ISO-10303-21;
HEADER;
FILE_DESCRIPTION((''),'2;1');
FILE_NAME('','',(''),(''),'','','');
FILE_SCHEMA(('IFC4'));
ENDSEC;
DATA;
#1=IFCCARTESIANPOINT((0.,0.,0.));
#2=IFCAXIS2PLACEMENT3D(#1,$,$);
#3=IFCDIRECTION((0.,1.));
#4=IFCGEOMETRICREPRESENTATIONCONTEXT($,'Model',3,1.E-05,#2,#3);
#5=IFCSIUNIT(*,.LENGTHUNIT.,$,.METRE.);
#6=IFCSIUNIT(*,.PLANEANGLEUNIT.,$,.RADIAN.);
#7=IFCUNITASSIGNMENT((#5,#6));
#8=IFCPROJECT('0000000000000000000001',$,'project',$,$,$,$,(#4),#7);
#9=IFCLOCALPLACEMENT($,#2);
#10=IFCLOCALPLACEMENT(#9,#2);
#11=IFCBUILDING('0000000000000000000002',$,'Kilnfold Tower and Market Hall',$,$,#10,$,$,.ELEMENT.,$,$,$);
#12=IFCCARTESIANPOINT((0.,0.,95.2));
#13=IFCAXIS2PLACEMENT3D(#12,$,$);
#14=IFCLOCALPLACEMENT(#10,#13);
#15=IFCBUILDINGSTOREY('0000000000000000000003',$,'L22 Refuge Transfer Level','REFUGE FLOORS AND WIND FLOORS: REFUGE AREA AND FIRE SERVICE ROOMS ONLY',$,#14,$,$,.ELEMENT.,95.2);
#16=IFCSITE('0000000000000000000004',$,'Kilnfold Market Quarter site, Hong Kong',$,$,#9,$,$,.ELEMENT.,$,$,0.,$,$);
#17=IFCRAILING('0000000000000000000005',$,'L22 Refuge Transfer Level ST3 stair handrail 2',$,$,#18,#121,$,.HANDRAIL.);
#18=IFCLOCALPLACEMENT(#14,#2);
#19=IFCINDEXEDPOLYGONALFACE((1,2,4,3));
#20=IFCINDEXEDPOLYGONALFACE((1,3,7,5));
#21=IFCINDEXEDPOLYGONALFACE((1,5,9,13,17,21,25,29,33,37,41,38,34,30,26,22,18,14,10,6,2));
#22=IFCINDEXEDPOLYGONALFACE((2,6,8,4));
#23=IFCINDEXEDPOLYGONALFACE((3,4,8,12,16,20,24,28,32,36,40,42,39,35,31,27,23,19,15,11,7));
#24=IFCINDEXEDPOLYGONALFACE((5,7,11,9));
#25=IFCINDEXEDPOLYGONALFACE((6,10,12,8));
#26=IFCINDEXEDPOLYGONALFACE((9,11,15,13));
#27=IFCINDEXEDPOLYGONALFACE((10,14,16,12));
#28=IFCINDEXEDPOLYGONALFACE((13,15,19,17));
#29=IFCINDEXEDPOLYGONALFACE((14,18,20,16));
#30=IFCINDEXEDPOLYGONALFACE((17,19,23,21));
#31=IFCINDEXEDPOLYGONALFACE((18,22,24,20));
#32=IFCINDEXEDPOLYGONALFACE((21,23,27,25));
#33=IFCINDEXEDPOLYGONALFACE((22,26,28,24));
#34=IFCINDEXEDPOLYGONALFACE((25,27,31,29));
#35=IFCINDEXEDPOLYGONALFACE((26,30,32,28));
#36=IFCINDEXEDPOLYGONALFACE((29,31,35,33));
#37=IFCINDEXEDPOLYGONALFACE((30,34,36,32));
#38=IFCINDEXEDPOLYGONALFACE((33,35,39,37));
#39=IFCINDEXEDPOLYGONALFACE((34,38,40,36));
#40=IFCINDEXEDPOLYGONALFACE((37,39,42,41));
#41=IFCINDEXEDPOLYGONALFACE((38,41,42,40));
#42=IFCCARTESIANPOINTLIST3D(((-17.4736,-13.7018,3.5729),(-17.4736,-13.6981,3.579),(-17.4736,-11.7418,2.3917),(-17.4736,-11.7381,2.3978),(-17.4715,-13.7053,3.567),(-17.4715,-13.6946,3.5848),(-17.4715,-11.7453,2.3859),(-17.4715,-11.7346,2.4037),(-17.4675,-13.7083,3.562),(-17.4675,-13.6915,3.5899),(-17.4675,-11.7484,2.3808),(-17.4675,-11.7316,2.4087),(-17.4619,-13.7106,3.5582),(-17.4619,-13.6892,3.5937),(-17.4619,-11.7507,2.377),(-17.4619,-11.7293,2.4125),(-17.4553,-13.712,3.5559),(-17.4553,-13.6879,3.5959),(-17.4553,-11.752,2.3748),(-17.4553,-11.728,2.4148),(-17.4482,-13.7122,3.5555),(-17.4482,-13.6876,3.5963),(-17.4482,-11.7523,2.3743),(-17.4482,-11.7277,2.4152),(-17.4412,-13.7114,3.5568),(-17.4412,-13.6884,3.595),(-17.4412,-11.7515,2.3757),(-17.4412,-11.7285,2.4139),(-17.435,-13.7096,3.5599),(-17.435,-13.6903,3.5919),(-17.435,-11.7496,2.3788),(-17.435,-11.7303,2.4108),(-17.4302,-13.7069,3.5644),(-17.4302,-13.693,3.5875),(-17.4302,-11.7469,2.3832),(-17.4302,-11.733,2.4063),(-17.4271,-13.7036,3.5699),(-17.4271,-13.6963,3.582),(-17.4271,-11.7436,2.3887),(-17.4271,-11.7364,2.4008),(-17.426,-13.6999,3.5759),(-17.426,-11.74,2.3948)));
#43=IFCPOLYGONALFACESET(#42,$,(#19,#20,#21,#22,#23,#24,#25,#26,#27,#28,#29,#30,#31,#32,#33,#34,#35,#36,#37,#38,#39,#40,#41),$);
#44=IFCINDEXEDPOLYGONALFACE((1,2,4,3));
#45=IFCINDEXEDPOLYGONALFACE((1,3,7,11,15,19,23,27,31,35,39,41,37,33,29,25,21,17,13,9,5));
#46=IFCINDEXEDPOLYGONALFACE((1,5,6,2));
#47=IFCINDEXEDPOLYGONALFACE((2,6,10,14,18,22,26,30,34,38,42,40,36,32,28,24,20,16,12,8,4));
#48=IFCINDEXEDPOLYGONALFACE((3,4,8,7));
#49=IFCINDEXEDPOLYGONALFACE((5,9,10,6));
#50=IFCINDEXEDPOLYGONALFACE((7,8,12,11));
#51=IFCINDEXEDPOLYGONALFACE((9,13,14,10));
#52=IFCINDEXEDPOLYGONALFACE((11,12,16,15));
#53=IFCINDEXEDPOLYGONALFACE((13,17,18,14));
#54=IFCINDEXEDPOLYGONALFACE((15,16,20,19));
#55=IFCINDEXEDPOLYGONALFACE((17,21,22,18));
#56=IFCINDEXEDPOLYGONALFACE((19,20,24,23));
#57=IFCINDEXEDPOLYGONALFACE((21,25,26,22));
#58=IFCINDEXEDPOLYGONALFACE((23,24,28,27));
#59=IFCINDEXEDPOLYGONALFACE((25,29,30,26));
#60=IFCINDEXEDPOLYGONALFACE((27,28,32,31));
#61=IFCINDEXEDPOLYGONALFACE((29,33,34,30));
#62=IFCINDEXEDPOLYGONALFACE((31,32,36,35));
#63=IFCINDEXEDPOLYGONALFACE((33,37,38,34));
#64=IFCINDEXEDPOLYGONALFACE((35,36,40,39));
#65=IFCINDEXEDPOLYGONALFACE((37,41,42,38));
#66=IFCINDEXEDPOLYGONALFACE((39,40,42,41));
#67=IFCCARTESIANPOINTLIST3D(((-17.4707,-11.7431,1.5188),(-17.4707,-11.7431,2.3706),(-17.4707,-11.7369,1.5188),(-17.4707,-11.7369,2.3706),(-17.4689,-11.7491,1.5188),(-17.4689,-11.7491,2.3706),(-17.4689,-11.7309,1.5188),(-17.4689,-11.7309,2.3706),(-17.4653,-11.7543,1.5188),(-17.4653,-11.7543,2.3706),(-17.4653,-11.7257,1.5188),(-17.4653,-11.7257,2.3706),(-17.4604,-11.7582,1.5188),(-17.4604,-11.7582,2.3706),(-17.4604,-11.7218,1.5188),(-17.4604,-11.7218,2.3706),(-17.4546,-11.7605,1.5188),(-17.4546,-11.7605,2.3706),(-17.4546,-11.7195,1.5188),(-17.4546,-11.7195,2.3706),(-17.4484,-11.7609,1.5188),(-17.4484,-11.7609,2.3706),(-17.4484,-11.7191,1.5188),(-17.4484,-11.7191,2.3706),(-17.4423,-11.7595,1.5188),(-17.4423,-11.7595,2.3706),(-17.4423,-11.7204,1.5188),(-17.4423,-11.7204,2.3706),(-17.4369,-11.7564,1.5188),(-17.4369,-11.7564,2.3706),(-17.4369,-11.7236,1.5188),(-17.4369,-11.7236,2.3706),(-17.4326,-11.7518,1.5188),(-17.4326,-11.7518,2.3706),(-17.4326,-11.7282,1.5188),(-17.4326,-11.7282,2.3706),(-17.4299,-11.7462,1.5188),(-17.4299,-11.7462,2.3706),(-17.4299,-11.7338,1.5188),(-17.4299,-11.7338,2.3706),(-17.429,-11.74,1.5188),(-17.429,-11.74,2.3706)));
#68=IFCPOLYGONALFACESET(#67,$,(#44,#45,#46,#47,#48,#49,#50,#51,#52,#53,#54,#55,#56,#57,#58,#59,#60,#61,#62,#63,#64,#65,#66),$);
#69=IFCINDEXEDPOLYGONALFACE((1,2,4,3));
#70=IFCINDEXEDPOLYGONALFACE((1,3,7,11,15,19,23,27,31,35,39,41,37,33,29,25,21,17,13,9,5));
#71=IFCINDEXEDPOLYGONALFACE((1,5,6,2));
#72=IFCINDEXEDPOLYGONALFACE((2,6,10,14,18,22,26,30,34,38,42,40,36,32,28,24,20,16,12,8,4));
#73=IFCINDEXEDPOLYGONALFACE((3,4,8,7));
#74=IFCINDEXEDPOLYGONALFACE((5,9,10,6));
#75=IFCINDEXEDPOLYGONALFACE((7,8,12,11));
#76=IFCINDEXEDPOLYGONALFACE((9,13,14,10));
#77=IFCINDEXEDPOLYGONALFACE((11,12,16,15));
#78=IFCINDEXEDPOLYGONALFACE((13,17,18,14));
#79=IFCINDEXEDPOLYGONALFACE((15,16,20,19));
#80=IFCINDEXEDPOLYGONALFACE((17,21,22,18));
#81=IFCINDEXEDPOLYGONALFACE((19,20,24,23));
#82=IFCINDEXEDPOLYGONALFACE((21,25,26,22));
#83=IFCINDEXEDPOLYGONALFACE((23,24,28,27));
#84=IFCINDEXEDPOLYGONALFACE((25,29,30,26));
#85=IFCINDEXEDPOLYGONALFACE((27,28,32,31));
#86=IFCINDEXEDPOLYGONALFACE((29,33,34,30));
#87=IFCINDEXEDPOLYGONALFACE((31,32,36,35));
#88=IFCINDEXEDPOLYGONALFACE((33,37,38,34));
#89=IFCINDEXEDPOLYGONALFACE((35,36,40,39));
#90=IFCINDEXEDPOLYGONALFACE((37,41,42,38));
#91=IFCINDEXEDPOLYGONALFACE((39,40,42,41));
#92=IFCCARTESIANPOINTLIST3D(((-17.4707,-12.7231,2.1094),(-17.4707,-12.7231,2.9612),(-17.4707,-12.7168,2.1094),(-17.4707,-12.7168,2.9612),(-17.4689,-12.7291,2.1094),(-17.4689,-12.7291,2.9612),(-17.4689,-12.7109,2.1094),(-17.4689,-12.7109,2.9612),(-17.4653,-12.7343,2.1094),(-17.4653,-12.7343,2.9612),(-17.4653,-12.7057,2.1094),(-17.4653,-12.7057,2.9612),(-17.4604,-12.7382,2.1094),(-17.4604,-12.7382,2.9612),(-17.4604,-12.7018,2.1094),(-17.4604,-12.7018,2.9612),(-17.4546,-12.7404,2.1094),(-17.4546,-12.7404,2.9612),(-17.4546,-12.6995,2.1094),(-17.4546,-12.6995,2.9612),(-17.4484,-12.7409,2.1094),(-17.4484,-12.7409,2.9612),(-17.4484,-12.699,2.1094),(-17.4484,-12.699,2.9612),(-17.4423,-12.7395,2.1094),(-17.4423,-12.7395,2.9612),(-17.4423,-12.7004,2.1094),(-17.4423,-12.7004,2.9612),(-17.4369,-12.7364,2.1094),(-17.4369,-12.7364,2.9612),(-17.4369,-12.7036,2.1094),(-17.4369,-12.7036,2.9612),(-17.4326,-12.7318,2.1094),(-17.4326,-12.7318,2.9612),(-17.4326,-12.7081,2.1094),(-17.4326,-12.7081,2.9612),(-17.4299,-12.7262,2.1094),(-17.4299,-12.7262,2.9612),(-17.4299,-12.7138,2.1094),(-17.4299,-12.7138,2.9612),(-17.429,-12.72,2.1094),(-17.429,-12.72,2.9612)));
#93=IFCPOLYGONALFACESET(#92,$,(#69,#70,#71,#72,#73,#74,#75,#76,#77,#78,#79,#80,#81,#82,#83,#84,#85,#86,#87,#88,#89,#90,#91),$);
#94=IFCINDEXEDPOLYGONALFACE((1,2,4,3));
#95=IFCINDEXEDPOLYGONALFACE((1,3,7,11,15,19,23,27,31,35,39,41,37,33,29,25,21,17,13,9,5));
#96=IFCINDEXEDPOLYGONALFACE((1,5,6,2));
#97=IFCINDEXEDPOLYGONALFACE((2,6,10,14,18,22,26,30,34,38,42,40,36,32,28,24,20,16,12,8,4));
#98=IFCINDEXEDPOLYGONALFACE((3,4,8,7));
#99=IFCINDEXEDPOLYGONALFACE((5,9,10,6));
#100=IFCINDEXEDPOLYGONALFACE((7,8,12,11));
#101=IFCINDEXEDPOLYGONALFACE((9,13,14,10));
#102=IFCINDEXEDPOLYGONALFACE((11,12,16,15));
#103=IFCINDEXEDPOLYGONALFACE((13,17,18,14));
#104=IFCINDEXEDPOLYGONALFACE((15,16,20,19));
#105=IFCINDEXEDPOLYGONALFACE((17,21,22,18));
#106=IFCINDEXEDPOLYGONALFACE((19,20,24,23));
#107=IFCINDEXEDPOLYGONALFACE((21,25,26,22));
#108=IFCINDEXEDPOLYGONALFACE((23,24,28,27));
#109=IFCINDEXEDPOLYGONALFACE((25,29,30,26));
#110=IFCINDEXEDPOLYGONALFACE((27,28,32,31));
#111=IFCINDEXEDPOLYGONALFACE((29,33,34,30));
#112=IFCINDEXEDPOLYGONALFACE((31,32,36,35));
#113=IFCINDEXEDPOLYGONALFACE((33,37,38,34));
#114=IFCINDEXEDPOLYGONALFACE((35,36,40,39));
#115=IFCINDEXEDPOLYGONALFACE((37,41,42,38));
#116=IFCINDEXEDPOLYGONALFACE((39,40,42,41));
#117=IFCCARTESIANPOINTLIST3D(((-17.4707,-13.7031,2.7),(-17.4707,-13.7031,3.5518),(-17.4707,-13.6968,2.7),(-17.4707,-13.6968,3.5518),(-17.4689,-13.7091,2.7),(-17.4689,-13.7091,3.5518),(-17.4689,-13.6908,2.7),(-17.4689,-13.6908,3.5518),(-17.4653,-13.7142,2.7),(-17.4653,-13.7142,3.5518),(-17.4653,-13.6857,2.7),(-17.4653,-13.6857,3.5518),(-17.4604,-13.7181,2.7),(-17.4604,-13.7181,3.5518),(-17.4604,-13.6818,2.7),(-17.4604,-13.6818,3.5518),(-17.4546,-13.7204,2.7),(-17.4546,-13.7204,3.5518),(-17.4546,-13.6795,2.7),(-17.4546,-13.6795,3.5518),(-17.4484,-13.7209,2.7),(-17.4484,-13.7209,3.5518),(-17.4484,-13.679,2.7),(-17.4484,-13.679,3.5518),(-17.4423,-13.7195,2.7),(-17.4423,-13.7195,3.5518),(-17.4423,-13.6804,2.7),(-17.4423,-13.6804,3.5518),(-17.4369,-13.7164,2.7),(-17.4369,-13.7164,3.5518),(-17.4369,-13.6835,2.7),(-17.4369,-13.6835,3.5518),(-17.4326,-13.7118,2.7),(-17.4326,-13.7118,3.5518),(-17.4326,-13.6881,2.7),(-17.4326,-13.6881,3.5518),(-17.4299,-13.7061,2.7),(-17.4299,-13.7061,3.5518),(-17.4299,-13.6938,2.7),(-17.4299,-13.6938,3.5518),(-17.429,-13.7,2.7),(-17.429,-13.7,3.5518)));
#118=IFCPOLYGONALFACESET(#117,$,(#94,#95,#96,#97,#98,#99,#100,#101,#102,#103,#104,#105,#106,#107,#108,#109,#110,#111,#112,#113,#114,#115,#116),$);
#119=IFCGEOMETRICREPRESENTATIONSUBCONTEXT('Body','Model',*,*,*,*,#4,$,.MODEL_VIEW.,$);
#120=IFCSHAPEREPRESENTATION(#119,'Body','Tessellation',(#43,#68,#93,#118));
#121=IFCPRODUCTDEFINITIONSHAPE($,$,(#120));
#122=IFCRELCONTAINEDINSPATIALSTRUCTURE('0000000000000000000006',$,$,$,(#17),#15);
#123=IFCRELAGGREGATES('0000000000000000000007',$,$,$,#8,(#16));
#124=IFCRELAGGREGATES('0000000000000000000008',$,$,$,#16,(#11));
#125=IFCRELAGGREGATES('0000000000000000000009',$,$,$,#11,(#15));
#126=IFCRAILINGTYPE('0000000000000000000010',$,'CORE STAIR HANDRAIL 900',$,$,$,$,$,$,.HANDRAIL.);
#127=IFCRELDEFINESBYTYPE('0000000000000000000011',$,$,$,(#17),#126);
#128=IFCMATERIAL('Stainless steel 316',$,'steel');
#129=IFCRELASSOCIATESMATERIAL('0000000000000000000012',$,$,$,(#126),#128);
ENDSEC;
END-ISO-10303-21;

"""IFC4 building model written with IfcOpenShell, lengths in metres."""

from ifc_helpers import new_model, si_unit, direction, frame, origin, origin_2d, place, context, subcontext, project, spatial, circle, extrude, material, type_object, element, save


model = new_model("IFC4")

# Units and contexts
model_context = context("Model", 3, precision=1e-05, world=origin(), true_north=direction((0.0, 1.0)))
body_context = subcontext(model_context, "Body", "Model", "MODEL_VIEW")
ifc_project = project(units=[si_unit("LENGTHUNIT", "METRE"), si_unit("PLANEANGLEUNIT", "RADIAN")], contexts=[model_context])

# Site, building, storey
site_placement = place(None, origin())
site = spatial("IfcSite", under=ifc_project, at=site_placement, Name="Kilnfold Market Quarter site, Hong Kong", CompositionType="ELEMENT", RefElevation=0.0)
building_placement = place(site_placement, origin())
building = spatial("IfcBuilding", under=site, at=building_placement, Name="Kilnfold Tower and Market Hall", CompositionType="ELEMENT")
storey_placement = place(building_placement, frame((0.0, 0.0, 95.2)))
storey = spatial("IfcBuildingStorey", under=building, at=storey_placement, Name="L22 Refuge Transfer Level", Description="REFUGE FLOORS AND WIND FLOORS: REFUGE AREA AND FIRE SERVICE ROOMS ONLY", CompositionType="ELEMENT", Elevation=95.2)

# Railing
ifc_material_1 = material(Name="Stainless steel 316", Category="steel")
railing_type_1 = type_object("IfcRailingType", Name="CORE STAIR HANDRAIL 900", PredefinedType="HANDRAIL", material=ifc_material_1)
railing_1_placement = place(storey_placement, frame((-17.45, -11.74, 1.5188)))
element("IfcRailing", 1, at=railing_1_placement, inside=storey, type_object=railing_type_1, Name="L22 Refuge Transfer Level ST3 stair handrail 2", PredefinedType="HANDRAIL", context=body_context, shape_type="SweptSolid", body=[
    extrude(circle(Radius=0.0239, at=origin_2d()), frame((0.0, 0.0, 0.876), z_axis=(0.0, -0.856493, 0.516158), x_axis=(1.0, 0.0, 0.0)), (0.0, 0.0, 1.0), 2.2883),
    extrude(circle(Radius=0.021, at=origin_2d()), origin(), (0.0, 0.0, 1.0), 0.8518),
    extrude(circle(Radius=0.021, at=origin_2d()), frame((0.0, -0.98, 0.5906)), (0.0, 0.0, 1.0), 0.8518),
    extrude(circle(Radius=0.021, at=origin_2d()), frame((0.0, -1.96, 1.1812)), (0.0, 0.0, 1.0), 0.8518),
])

save(model, "model.ifc")
